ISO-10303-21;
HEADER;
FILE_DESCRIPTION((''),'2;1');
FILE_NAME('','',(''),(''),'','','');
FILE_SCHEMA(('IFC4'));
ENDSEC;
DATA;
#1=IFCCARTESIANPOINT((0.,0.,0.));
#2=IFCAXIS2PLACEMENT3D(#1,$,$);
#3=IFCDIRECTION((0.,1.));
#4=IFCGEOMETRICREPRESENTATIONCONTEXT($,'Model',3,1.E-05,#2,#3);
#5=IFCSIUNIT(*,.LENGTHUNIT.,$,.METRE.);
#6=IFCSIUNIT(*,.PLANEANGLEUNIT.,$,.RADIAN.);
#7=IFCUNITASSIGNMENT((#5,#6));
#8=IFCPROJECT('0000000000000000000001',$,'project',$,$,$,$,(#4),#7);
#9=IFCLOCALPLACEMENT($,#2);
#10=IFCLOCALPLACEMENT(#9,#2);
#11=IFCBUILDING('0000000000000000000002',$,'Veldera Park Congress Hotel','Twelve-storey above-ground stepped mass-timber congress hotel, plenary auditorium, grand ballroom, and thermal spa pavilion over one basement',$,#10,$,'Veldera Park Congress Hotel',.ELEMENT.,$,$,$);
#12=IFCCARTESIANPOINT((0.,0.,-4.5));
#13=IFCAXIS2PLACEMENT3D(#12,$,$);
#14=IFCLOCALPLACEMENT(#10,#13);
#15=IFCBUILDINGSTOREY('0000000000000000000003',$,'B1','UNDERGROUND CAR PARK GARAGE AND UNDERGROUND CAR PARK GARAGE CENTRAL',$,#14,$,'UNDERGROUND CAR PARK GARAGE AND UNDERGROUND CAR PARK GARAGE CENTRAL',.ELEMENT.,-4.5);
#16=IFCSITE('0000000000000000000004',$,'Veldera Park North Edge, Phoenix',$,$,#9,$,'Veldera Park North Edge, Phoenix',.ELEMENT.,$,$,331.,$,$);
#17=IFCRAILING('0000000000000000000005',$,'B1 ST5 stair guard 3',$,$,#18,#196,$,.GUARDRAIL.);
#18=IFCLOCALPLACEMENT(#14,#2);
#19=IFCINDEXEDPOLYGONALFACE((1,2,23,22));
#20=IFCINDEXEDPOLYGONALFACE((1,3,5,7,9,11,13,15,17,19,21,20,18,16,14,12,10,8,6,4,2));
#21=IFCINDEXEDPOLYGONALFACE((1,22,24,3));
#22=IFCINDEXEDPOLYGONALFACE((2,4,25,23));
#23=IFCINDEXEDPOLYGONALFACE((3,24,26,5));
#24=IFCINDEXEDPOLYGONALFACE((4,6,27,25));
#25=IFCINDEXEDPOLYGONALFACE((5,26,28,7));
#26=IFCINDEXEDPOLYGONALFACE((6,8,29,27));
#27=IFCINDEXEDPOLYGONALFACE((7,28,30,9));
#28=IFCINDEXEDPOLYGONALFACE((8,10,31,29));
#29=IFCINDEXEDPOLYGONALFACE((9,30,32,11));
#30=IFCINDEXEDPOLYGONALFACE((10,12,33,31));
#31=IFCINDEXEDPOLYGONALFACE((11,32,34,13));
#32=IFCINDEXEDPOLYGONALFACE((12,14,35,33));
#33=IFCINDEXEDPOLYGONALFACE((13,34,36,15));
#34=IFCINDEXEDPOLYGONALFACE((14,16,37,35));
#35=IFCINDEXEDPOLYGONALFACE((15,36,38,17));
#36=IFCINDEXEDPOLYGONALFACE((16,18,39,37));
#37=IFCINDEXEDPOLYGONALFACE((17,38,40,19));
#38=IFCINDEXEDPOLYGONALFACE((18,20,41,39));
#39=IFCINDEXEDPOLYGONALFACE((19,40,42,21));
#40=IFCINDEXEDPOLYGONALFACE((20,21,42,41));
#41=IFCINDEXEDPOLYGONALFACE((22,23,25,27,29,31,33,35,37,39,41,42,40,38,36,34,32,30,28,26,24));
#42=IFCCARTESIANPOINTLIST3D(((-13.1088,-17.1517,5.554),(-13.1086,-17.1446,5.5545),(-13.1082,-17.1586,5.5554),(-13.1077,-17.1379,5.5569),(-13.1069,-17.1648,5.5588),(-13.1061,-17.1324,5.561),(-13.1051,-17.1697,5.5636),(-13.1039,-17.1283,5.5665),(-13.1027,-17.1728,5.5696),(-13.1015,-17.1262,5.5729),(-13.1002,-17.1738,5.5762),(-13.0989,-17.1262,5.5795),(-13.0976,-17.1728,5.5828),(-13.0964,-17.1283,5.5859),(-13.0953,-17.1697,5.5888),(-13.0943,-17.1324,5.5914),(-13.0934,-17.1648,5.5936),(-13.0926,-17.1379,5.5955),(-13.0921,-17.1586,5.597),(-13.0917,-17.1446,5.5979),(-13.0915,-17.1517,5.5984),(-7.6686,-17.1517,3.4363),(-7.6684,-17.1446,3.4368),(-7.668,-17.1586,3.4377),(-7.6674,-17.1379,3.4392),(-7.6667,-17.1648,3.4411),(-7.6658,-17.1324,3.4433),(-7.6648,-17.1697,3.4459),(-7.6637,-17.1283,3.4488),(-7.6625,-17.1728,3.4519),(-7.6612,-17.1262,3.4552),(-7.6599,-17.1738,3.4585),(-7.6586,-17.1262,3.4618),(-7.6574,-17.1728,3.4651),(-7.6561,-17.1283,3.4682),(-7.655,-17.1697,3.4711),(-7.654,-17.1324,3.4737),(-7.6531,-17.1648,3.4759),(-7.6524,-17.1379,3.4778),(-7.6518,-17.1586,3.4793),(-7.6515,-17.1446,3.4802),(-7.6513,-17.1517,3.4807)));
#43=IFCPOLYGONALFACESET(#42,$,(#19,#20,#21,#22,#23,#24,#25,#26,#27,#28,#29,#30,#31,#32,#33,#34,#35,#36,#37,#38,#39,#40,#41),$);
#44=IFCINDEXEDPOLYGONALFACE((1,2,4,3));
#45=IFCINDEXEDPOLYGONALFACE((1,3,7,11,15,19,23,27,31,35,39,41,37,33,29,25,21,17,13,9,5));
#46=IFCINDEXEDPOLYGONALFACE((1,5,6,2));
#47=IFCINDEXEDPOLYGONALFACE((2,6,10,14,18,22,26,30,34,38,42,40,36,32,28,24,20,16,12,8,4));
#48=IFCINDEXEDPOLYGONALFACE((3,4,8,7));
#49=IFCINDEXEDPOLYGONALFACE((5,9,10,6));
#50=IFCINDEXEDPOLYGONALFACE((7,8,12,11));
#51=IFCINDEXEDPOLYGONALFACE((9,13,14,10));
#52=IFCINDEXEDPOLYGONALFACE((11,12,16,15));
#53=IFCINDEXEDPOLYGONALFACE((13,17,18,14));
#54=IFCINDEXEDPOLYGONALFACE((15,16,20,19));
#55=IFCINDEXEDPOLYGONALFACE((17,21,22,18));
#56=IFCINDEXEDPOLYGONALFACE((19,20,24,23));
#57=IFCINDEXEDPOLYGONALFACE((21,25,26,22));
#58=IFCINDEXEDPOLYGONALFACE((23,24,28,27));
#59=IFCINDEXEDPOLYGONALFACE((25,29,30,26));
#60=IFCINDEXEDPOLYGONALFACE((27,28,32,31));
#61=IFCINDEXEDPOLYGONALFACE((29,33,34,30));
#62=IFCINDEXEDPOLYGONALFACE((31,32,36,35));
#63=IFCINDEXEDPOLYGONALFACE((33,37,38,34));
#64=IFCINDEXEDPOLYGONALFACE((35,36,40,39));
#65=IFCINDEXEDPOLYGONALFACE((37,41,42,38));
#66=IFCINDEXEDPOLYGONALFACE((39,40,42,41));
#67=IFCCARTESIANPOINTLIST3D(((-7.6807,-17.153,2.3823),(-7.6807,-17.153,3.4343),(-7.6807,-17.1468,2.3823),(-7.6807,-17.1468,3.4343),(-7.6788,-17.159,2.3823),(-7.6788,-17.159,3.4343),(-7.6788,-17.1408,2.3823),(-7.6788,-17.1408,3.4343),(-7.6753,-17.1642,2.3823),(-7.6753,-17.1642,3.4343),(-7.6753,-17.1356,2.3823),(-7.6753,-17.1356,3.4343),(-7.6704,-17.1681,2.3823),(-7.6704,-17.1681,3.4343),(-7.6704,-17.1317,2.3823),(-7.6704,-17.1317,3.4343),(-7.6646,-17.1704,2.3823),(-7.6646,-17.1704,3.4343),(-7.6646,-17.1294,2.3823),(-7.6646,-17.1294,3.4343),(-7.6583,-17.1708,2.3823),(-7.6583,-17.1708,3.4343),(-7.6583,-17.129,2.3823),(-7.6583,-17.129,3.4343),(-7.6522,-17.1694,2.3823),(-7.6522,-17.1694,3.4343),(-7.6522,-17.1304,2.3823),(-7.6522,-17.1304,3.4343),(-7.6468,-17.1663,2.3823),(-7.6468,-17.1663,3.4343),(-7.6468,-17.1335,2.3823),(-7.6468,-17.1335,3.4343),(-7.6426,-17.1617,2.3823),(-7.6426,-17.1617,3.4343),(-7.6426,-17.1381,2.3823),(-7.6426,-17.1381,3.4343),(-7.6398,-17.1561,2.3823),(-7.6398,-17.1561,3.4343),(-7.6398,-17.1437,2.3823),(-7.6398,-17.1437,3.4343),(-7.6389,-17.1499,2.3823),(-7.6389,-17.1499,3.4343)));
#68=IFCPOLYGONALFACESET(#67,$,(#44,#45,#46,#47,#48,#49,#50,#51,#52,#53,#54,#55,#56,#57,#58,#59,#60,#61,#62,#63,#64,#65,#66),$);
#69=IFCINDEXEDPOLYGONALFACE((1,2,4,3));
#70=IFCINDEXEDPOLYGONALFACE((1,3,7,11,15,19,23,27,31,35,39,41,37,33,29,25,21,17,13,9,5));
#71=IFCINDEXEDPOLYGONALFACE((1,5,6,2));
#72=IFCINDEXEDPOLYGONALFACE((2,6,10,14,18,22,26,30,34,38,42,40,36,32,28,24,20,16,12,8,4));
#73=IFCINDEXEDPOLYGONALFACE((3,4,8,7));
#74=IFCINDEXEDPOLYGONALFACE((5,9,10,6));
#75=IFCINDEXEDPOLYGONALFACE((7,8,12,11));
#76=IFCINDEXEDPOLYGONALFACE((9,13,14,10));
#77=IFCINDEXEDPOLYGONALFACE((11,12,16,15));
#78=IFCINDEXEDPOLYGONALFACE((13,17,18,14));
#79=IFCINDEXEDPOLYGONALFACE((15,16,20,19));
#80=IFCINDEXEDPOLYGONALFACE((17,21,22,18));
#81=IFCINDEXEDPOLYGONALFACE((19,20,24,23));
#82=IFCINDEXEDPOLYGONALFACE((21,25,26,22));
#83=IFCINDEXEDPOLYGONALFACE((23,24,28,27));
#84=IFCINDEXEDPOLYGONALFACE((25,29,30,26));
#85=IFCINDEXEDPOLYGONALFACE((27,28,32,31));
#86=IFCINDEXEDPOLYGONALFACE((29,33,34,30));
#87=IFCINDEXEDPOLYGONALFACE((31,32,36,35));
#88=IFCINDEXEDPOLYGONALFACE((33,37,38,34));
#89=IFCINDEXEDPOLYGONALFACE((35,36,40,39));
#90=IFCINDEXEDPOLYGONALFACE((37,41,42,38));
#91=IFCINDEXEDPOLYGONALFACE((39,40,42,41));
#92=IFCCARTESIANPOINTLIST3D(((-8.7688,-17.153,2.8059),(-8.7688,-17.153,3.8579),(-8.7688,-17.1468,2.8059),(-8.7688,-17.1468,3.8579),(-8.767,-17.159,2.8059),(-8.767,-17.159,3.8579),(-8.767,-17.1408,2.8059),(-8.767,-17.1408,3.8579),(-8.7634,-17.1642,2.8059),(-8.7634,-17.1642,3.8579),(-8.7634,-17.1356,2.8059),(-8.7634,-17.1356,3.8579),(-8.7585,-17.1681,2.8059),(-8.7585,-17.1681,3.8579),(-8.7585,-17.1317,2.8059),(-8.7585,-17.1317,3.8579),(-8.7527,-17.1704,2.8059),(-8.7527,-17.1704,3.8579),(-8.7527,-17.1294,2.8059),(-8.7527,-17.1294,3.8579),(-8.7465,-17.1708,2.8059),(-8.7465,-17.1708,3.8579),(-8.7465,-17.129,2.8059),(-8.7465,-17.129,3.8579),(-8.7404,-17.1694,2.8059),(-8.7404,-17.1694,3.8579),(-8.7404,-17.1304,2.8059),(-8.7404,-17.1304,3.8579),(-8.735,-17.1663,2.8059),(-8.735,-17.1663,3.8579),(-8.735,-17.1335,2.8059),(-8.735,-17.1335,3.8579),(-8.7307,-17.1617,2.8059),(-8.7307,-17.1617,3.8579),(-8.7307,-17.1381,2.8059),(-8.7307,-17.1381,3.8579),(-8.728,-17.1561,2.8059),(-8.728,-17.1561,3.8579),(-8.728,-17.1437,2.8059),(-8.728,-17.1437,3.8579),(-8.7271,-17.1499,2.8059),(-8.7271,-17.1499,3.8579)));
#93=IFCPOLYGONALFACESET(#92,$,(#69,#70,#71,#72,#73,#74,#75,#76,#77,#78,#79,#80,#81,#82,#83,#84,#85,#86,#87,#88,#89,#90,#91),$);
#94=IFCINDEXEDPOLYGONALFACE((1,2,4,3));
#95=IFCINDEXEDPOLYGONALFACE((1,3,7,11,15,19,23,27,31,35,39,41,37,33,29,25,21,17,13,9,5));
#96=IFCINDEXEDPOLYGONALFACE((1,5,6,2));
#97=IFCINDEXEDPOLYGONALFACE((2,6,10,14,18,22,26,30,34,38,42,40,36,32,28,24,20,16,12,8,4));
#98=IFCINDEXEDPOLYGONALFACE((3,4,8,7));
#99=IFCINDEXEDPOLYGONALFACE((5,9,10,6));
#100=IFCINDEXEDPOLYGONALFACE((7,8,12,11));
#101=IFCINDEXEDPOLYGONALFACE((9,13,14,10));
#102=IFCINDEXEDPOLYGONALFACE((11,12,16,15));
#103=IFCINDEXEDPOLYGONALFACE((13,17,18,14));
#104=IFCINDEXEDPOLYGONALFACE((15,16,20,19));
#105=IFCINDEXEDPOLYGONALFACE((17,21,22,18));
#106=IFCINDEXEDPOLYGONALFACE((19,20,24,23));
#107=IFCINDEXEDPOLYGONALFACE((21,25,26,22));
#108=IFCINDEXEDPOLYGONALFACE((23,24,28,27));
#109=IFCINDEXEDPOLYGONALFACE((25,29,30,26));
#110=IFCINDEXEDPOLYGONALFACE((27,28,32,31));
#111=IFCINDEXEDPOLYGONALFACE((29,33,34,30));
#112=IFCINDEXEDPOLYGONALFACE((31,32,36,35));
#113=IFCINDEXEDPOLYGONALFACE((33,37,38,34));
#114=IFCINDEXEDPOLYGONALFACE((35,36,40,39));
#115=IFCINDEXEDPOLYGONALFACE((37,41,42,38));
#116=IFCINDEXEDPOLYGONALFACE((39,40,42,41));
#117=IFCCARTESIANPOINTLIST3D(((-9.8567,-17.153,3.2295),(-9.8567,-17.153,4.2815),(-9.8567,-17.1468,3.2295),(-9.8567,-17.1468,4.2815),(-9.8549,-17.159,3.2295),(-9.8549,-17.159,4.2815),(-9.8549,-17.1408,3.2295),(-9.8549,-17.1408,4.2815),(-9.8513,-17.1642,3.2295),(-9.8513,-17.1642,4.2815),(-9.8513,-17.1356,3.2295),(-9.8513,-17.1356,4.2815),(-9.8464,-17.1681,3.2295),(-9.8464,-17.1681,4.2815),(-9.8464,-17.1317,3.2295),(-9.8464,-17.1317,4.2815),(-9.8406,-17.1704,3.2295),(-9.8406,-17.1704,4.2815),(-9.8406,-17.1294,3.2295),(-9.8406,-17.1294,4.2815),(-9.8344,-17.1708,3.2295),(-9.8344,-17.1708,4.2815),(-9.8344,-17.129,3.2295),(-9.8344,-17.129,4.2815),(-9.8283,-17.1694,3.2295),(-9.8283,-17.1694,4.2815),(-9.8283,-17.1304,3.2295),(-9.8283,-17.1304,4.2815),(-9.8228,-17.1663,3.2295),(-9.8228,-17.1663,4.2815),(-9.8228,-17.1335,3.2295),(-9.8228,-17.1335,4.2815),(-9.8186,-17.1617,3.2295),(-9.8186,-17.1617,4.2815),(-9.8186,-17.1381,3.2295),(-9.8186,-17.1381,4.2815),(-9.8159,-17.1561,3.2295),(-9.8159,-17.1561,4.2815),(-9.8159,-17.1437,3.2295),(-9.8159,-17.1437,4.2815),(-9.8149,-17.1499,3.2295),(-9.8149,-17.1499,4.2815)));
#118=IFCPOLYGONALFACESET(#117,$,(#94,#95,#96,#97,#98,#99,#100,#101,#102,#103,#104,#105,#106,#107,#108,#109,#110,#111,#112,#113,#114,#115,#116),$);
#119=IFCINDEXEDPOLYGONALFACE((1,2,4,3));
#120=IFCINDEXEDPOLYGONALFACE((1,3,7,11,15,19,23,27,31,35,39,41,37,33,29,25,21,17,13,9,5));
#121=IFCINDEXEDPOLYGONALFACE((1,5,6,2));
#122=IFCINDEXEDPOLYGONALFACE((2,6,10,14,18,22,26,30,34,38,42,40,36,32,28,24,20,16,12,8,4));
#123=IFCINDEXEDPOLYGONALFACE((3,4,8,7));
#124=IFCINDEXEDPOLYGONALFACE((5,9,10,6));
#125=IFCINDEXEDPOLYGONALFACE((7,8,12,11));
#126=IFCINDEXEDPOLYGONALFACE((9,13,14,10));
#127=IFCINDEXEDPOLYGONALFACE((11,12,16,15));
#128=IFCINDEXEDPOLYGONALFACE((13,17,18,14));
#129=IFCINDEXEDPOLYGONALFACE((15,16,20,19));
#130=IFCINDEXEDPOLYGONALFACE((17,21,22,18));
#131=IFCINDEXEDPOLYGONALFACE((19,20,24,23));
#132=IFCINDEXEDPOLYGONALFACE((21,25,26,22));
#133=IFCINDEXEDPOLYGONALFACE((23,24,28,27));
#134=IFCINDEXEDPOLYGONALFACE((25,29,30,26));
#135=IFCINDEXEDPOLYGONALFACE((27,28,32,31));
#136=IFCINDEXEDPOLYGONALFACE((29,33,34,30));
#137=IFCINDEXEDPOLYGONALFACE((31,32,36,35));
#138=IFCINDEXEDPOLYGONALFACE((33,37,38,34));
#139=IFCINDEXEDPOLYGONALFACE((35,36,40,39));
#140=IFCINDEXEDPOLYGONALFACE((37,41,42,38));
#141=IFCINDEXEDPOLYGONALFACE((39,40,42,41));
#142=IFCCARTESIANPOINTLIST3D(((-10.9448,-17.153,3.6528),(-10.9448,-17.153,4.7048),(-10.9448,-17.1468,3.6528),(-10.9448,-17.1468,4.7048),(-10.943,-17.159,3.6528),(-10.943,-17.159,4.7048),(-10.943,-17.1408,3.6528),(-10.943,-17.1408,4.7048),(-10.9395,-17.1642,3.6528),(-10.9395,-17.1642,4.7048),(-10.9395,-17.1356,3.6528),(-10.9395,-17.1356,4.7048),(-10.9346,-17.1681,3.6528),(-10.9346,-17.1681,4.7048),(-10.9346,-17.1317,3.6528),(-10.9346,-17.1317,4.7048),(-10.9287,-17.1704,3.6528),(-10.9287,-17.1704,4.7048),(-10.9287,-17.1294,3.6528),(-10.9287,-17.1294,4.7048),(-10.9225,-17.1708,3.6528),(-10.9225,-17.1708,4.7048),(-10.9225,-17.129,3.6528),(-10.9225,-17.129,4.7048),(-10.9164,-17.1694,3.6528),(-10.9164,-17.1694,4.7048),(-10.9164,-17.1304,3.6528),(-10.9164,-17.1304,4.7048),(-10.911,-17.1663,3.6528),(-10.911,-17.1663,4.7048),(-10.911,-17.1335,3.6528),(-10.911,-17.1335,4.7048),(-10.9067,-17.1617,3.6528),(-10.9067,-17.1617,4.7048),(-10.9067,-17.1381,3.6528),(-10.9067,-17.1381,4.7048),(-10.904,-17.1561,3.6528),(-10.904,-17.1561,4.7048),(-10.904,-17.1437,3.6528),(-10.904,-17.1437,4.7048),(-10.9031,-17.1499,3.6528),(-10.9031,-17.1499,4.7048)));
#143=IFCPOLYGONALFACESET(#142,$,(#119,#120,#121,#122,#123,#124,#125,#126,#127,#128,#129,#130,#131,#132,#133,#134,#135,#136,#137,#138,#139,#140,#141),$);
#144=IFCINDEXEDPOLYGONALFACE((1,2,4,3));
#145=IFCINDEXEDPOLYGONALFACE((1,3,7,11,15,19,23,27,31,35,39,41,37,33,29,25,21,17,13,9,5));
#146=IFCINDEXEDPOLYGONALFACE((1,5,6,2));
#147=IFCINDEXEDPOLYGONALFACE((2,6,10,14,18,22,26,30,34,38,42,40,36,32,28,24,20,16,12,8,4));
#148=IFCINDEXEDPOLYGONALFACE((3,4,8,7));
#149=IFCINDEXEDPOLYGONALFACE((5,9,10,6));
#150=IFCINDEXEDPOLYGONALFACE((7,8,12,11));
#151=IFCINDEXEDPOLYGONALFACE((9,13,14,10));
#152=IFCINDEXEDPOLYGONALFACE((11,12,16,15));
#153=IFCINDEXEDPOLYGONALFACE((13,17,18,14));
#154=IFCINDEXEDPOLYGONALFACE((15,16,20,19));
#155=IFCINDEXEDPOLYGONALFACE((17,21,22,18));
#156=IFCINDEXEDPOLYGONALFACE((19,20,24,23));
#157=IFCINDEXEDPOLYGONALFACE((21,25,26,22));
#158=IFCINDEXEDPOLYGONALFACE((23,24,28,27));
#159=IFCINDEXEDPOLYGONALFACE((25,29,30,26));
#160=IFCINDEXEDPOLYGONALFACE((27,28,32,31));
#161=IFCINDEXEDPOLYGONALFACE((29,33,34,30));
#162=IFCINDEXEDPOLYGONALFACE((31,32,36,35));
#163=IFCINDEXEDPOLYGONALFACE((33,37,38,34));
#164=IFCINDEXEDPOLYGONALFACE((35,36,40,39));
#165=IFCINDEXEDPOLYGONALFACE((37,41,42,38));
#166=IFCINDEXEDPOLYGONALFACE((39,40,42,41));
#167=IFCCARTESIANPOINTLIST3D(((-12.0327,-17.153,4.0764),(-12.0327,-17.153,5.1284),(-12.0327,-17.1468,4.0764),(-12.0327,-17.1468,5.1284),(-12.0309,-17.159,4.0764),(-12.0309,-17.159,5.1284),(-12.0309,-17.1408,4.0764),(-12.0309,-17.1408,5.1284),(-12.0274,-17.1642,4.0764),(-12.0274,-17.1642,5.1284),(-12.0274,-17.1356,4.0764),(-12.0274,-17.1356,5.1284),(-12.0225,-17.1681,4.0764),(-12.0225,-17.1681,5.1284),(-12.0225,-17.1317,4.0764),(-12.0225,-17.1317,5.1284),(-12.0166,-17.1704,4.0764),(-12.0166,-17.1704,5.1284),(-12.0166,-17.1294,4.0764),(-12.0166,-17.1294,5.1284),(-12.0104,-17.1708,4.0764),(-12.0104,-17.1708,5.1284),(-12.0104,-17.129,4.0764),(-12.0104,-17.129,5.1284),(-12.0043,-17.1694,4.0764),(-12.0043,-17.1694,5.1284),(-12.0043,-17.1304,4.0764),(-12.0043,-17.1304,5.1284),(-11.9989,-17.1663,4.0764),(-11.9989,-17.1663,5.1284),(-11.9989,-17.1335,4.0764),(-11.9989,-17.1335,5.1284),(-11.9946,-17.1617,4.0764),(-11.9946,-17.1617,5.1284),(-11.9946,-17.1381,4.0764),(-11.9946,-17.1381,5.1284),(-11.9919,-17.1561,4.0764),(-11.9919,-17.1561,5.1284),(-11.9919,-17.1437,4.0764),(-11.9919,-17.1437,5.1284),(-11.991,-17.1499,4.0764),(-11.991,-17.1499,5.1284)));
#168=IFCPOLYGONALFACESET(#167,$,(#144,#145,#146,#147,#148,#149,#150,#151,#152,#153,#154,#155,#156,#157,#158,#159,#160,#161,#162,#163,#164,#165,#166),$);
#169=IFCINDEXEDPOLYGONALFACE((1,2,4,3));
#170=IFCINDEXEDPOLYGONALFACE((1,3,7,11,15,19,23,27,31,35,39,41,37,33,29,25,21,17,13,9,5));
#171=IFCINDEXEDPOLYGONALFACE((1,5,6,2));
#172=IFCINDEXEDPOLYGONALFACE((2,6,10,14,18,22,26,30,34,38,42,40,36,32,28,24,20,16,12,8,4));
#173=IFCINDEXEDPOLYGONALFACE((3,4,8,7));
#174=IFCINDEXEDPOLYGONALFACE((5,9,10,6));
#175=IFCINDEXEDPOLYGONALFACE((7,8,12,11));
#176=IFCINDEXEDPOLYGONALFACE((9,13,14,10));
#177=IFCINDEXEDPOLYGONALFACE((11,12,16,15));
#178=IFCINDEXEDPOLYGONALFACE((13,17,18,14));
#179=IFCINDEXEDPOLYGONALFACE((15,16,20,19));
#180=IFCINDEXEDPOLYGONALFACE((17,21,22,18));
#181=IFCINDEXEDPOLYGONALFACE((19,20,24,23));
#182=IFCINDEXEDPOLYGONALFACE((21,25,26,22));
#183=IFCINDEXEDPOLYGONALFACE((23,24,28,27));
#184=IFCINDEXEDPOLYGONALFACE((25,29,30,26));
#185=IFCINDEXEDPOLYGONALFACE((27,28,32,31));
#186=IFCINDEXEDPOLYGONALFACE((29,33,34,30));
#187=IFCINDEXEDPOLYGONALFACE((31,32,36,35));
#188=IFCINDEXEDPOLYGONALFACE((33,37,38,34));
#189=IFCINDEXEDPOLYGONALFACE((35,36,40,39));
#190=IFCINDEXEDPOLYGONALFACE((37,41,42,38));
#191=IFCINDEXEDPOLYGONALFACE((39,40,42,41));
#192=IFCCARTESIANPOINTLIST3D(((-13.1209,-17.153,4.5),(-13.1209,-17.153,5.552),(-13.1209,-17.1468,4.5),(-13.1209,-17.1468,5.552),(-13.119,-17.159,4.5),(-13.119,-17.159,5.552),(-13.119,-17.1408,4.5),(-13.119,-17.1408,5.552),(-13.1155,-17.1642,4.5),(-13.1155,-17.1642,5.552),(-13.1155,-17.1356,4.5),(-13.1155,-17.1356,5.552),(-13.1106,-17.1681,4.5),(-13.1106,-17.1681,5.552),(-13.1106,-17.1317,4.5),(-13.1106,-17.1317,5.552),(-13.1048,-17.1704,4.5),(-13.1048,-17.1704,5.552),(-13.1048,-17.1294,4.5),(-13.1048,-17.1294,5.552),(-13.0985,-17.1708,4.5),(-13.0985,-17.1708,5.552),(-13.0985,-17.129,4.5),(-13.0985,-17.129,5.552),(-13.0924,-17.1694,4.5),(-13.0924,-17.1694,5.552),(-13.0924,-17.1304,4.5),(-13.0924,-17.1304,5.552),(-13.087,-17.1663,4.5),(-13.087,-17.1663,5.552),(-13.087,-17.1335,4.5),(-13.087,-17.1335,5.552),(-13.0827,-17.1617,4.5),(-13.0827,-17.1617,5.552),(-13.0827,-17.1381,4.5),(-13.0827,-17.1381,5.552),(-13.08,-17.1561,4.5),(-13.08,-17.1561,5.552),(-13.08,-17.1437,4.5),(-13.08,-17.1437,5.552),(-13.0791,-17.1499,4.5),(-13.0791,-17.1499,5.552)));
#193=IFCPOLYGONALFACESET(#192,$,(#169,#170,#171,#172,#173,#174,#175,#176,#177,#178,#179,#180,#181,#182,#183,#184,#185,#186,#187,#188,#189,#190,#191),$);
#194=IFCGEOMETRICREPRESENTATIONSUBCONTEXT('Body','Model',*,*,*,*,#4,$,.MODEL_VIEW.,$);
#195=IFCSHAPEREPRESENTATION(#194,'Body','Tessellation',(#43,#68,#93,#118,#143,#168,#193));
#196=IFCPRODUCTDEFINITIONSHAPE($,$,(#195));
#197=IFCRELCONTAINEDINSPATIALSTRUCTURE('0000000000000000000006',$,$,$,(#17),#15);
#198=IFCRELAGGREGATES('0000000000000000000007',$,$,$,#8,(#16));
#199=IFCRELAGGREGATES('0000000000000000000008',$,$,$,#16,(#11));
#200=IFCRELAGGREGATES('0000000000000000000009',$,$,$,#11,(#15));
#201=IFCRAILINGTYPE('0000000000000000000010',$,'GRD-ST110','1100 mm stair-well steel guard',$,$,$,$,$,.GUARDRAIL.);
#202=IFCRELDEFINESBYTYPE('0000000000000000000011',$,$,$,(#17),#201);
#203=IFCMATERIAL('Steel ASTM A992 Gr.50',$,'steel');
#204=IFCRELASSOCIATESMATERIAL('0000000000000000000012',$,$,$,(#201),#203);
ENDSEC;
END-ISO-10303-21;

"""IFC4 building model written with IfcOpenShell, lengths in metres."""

from ifc_helpers import new_model, si_unit, direction, frame, origin, origin_2d, place, context, subcontext, project, spatial, circle, extrude, material, type_object, element, save


model = new_model("IFC4")

# Units and contexts
model_context = context("Model", 3, precision=1e-05, world=origin(), true_north=direction((0.0, 1.0)))
body_context = subcontext(model_context, "Body", "Model", "MODEL_VIEW")
ifc_project = project(units=[si_unit("LENGTHUNIT", "METRE"), si_unit("PLANEANGLEUNIT", "RADIAN")], contexts=[model_context])

# Site, building, storey
site_placement = place(None, origin())
site = spatial("IfcSite", under=ifc_project, at=site_placement, Name="Veldera Park North Edge, Phoenix", LongName="Veldera Park North Edge, Phoenix", CompositionType="ELEMENT", RefElevation=331.0)
building_placement = place(site_placement, origin())
building = spatial("IfcBuilding", under=site, at=building_placement, Name="Veldera Park Congress Hotel", Description="Twelve-storey above-ground stepped mass-timber congress hotel, plenary auditorium, grand ballroom, and thermal spa pavilion over one basement", LongName="Veldera Park Congress Hotel", CompositionType="ELEMENT")
storey_placement = place(building_placement, frame((0.0, 0.0, -4.5)))
storey = spatial("IfcBuildingStorey", under=building, at=storey_placement, Name="B1", Description="UNDERGROUND CAR PARK GARAGE AND UNDERGROUND CAR PARK GARAGE CENTRAL", LongName="UNDERGROUND CAR PARK GARAGE AND UNDERGROUND CAR PARK GARAGE CENTRAL", CompositionType="ELEMENT", Elevation=-4.5)

# Railing
ifc_material_1 = material(Name="Steel ASTM A992 Gr.50", Category="steel")
railing_type_1 = type_object("IfcRailingType", Name="GRD-ST110", Description="1100 mm stair-well steel guard", PredefinedType="GUARDRAIL", material=ifc_material_1)
railing_1_placement = place(storey_placement, frame((-7.6599, -17.1499, 2.3823)))
element("IfcRailing", 1, at=railing_1_placement, inside=storey, type_object=railing_type_1, Name="B1 ST5 stair guard 3", PredefinedType="GUARDRAIL", context=body_context, shape_type="SweptSolid", body=[
    extrude(circle(Radius=0.0239, at=origin_2d()), frame((0.0, 0.0, 1.0762), z_axis=(-0.931886, 0.0, 0.362751), x_axis=(0.0, -1.0, 0.0)), (0.0, 0.0, 1.0), 5.8379),
    extrude(circle(Radius=0.021, at=origin_2d()), origin(), (0.0, 0.0, 1.0), 1.052),
    extrude(circle(Radius=0.021, at=origin_2d()), frame((-1.0881, 0.0, 0.4236)), (0.0, 0.0, 1.0), 1.052),
    extrude(circle(Radius=0.021, at=origin_2d()), frame((-2.176, 0.0, 0.8472)), (0.0, 0.0, 1.0), 1.052),
    extrude(circle(Radius=0.021, at=origin_2d()), frame((-3.2642, 0.0, 1.2705)), (0.0, 0.0, 1.0), 1.052),
    extrude(circle(Radius=0.021, at=origin_2d()), frame((-4.3521, 0.0, 1.6941)), (0.0, 0.0, 1.0), 1.052),
    extrude(circle(Radius=0.021, at=origin_2d()), frame((-5.4402, 0.0, 2.1177)), (0.0, 0.0, 1.0), 1.052),
])

save(model, "model.ifc")
